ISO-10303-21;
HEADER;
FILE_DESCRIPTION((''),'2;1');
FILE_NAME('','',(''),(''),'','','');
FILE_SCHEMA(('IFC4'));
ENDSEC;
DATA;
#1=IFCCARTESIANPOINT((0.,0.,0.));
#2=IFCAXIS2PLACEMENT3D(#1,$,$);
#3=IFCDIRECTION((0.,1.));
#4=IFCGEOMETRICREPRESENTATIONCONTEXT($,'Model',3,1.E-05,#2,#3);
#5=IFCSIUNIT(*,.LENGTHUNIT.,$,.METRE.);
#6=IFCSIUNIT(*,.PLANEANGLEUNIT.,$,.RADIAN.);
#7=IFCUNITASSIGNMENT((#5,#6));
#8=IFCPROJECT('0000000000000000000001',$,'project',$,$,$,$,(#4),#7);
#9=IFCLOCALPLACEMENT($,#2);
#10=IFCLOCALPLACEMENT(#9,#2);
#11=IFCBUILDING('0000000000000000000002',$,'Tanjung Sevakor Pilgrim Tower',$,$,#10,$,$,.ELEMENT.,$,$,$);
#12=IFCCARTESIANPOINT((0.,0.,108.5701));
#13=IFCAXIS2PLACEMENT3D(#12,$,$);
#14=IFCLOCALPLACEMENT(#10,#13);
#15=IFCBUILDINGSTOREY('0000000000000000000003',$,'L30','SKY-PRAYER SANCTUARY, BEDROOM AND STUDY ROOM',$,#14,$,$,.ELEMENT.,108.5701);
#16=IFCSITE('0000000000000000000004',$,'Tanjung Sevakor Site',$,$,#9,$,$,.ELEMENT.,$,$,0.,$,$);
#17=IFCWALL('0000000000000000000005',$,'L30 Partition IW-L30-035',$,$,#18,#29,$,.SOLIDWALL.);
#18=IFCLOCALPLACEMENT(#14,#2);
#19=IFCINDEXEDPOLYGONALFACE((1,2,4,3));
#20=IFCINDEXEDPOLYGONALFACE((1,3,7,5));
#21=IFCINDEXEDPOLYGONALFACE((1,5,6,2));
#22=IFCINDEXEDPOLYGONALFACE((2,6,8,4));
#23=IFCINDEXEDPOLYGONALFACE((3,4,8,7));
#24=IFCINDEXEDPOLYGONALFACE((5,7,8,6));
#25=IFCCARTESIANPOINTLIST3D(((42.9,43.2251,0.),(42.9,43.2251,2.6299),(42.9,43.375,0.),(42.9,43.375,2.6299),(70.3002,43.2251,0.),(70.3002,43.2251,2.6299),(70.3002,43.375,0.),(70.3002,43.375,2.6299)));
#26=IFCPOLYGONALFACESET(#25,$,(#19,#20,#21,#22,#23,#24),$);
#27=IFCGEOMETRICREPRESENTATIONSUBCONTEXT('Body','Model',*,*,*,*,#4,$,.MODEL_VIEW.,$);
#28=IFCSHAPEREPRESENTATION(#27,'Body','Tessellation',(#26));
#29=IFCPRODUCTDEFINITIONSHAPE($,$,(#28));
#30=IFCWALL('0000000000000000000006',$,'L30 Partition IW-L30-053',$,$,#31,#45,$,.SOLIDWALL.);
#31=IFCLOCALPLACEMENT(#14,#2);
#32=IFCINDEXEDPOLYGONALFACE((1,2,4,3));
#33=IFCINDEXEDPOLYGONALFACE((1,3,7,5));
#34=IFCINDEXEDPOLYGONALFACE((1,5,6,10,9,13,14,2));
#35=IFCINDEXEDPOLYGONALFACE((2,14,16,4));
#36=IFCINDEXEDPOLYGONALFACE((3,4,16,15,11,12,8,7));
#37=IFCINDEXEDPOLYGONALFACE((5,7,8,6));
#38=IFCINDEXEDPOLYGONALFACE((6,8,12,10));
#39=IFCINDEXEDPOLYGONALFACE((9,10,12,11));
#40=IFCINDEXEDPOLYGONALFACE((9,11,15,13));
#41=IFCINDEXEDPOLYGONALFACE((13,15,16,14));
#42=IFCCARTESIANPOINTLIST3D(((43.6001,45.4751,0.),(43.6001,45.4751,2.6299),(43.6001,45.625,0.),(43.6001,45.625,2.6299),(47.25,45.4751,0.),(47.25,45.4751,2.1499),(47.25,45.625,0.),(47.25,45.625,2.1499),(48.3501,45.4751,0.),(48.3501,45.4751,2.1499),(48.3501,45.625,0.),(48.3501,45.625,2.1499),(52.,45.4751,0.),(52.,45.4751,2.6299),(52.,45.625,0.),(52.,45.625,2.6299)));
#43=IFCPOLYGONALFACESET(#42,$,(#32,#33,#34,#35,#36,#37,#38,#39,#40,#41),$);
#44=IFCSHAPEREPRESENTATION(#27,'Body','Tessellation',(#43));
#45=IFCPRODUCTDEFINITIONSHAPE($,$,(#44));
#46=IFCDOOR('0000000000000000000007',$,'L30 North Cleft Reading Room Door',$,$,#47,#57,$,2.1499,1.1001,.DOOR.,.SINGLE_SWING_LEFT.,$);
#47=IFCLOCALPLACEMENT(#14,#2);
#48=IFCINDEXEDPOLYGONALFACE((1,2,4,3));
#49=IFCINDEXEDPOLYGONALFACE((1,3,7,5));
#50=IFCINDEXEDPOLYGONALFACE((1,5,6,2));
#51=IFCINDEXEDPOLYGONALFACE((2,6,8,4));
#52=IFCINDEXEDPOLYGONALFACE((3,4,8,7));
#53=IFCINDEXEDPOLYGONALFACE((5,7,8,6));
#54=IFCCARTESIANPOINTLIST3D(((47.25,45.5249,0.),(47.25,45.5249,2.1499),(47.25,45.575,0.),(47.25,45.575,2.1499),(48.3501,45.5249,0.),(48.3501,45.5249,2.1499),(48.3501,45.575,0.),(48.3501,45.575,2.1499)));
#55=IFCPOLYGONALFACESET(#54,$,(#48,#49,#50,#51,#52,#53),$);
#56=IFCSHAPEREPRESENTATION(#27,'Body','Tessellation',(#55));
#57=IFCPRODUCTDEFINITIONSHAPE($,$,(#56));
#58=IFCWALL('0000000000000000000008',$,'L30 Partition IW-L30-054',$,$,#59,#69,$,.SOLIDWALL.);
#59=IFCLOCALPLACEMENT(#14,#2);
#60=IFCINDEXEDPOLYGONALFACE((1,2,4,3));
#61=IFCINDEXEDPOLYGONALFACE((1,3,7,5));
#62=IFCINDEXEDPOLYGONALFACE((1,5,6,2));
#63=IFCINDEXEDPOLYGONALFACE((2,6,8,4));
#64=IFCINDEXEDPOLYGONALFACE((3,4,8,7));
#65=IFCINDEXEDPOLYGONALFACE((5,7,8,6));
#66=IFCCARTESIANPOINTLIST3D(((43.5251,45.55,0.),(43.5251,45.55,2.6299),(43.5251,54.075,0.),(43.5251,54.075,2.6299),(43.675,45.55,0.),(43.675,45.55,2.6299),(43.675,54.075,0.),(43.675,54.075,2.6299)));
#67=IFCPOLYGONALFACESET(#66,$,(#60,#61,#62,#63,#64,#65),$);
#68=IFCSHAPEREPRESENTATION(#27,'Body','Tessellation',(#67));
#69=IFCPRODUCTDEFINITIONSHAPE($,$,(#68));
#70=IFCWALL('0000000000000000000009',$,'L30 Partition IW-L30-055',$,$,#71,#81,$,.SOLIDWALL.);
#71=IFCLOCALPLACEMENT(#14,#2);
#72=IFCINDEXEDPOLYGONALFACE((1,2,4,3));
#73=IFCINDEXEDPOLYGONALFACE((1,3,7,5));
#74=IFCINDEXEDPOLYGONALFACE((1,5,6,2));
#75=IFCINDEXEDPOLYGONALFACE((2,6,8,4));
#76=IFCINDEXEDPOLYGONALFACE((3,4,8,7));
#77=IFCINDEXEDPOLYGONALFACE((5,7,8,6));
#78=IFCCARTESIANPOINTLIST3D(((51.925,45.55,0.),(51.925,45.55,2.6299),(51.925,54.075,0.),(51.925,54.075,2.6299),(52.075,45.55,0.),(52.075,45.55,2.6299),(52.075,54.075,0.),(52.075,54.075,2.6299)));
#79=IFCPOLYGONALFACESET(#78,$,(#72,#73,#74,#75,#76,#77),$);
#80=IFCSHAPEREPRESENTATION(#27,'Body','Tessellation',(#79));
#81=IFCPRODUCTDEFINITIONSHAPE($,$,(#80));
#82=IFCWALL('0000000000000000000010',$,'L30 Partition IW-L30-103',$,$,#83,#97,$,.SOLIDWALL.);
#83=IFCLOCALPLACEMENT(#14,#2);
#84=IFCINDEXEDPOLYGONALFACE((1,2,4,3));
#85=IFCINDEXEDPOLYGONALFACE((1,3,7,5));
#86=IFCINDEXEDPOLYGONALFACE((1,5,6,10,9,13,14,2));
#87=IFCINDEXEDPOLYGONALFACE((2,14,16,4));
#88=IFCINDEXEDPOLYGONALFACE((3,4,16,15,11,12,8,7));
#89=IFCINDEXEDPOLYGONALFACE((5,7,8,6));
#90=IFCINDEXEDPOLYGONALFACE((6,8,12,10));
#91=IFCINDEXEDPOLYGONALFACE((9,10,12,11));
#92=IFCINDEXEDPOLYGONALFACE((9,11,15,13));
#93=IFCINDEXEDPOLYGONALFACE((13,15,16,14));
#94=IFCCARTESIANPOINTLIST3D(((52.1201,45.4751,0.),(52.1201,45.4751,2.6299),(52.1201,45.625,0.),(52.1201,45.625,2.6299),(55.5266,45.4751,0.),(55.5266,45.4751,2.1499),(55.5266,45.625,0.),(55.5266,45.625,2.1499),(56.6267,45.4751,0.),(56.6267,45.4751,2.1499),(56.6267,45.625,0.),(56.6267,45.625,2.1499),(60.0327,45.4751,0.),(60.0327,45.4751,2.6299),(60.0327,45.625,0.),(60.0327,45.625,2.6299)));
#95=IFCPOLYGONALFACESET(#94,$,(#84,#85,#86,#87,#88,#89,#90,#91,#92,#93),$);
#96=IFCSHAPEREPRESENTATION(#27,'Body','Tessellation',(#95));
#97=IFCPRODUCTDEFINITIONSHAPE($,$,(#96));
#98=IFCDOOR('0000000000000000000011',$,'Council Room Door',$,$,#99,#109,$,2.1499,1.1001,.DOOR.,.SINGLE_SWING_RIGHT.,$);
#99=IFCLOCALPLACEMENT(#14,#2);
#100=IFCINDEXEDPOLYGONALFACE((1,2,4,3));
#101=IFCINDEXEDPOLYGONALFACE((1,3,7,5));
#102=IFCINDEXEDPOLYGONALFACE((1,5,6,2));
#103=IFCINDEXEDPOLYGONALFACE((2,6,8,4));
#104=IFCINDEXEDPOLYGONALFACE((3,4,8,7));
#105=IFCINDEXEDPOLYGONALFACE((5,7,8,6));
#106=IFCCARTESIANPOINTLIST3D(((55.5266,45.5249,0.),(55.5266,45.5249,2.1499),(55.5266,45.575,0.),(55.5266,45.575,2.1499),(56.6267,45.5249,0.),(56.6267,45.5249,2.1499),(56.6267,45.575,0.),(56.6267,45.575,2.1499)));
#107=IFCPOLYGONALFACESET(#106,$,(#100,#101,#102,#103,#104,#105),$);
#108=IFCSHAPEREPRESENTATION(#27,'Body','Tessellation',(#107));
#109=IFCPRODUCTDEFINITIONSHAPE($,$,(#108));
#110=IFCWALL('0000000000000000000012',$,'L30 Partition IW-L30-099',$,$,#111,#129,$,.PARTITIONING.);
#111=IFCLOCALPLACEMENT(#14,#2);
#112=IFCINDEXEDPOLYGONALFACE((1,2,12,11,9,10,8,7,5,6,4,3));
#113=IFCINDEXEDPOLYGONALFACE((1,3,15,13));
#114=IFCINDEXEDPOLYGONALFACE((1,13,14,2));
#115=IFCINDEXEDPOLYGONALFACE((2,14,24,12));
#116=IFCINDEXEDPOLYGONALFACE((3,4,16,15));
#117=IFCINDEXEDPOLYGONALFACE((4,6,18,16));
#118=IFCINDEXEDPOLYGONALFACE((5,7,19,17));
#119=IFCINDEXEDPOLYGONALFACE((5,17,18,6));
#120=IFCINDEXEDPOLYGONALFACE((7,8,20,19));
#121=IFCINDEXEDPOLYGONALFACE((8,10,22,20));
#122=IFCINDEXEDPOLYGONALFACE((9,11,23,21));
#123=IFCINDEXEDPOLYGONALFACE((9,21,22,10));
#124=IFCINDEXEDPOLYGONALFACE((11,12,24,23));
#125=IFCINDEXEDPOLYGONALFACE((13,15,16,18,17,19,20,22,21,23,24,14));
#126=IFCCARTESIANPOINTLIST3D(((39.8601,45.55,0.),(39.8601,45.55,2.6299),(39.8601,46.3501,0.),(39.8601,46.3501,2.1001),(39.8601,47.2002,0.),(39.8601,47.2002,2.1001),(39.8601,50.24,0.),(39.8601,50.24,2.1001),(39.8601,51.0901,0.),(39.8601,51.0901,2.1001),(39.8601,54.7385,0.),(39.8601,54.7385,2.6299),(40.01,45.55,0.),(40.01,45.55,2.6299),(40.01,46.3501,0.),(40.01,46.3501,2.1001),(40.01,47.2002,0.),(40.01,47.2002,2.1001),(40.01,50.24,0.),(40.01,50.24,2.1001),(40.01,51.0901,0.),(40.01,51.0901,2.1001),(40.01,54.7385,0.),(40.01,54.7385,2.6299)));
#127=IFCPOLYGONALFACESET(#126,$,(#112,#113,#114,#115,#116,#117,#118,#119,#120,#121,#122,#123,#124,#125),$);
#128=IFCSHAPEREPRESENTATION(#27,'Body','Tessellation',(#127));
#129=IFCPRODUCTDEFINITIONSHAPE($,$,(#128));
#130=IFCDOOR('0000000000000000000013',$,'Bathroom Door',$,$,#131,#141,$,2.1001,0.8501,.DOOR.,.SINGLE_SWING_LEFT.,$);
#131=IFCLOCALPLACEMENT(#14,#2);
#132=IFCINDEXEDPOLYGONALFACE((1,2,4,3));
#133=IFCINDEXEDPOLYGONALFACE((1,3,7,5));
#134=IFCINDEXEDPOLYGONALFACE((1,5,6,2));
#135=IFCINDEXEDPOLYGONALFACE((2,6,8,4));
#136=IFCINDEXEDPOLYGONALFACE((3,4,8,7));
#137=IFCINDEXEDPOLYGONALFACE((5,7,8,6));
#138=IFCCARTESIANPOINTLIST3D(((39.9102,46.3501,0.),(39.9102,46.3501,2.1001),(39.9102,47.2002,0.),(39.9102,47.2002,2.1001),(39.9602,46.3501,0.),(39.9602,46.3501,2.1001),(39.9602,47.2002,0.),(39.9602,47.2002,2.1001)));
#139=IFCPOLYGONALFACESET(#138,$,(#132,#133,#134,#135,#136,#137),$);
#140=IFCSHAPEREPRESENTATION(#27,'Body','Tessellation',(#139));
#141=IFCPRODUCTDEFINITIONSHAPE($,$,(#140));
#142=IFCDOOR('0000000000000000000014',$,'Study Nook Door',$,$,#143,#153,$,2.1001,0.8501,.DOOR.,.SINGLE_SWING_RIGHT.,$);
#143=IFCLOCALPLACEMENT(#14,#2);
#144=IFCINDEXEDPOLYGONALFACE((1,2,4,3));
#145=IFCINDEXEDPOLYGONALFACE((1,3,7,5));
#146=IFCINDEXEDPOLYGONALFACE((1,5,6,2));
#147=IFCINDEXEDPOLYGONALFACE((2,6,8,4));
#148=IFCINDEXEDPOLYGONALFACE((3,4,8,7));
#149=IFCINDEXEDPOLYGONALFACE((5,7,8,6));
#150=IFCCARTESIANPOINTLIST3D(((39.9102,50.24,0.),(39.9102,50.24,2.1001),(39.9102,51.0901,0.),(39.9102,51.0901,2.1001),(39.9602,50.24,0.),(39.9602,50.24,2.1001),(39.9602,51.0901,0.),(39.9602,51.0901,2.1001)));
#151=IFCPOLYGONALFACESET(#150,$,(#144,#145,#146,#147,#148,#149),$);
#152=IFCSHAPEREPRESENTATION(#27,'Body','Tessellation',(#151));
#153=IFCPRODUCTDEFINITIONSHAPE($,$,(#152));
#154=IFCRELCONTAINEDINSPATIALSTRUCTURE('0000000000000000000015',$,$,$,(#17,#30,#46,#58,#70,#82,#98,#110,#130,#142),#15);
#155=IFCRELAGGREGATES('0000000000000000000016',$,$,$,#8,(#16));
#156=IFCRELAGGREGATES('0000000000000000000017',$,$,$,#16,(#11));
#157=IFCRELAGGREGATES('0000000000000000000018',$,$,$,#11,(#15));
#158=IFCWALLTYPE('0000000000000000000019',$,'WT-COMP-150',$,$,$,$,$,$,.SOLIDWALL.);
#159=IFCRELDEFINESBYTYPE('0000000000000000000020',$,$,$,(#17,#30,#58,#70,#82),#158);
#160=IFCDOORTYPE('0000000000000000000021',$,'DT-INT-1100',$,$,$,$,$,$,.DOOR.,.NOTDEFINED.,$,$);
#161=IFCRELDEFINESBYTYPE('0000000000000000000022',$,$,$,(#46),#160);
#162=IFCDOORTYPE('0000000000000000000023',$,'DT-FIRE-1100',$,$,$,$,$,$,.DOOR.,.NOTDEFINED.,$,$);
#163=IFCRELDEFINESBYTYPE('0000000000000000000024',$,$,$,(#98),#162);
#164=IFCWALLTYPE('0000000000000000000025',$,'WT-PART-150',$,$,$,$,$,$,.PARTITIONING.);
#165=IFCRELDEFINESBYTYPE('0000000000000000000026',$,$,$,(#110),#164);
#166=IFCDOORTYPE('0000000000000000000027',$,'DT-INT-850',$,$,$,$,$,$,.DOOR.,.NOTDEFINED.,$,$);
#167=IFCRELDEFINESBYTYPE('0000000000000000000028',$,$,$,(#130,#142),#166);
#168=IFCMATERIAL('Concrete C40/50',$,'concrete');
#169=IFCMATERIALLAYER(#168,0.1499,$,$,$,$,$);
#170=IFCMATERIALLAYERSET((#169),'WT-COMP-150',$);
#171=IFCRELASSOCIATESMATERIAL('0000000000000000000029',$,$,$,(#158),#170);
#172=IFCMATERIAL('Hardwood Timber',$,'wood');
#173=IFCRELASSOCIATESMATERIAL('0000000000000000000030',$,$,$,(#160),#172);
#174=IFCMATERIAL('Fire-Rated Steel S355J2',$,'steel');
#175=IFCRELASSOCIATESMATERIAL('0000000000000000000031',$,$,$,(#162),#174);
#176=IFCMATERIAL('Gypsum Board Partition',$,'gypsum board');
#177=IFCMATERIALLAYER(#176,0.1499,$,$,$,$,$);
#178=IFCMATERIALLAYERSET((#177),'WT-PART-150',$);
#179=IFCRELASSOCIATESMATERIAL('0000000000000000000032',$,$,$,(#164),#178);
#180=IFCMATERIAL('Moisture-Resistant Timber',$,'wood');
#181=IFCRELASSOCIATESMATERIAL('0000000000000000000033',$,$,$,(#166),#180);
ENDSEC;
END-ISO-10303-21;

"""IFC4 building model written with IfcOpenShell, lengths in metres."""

from ifc_helpers import new_model, si_unit, direction, frame, frame_2d, origin, place, context, subcontext, project, spatial, rectangle, extrude, material, layer, layer_set, type_object, element, fill, save


model = new_model("IFC4")

# Units and contexts
model_context = context("Model", 3, precision=1e-05, world=origin(), true_north=direction((0.0, 1.0)))
body_context = subcontext(model_context, "Body", "Model", "MODEL_VIEW")
ifc_project = project(units=[si_unit("LENGTHUNIT", "METRE"), si_unit("PLANEANGLEUNIT", "RADIAN")], contexts=[model_context])

# Site, building, storey
site_placement = place(None, origin())
site = spatial("IfcSite", under=ifc_project, at=site_placement, Name="Tanjung Sevakor Site", CompositionType="ELEMENT", RefElevation=0.0)
building_placement = place(site_placement, origin())
building = spatial("IfcBuilding", under=site, at=building_placement, Name="Tanjung Sevakor Pilgrim Tower", CompositionType="ELEMENT")
storey_placement = place(building_placement, frame((0.0, 0.0, 108.5701)))
storey = spatial("IfcBuildingStorey", under=building, at=storey_placement, Name="L30", Description="SKY-PRAYER SANCTUARY, BEDROOM AND STUDY ROOM", CompositionType="ELEMENT", Elevation=108.5701)

# Shared definitions
ifc_material_1 = material(Name="Concrete C40/50", Category="concrete")
ifc_layer_1 = layer(ifc_material_1, 0.1499)
ifc_layer_set_1 = layer_set([ifc_layer_1], Name="WT-COMP-150")
wall_type_1 = type_object("IfcWallType", Name="WT-COMP-150", PredefinedType="SOLIDWALL", material=ifc_layer_set_1)

# Wall
wall_1_placement = place(storey_placement, frame((42.8999, 43.3, 0.0), z_axis=(0.0, 0.0, 1.0), x_axis=(1.0, 0.0, 0.0)))
element("IfcWall", 1, at=wall_1_placement, inside=storey, type_object=wall_type_1, Name="L30 Partition IW-L30-035", PredefinedType="SOLIDWALL", context=body_context, shape_type="SweptSolid", body=[
    extrude(rectangle(XDim=27.4001, YDim=0.1499, at=frame_2d((13.7002, 0.0))), origin(), (0.0, 0.0, 1.0), 2.6299),
])

# Wall, opening, door
wall_2_placement = place(storey_placement, frame((43.6001, 45.55, 0.0), z_axis=(0.0, 0.0, 1.0), x_axis=(1.0, 0.0, 0.0)))
wall_2 = element("IfcWall", 2, at=wall_2_placement, inside=storey, type_object=wall_type_1, Name="L30 Partition IW-L30-053", PredefinedType="SOLIDWALL", context=body_context, shape_type="SweptSolid", body=[
    extrude(rectangle(XDim=8.3999, YDim=0.1499, at=frame_2d((4.2, 0.0))), origin(), (0.0, 0.0, 1.0), 2.6299),
])
opening_1_placement = place(wall_2_placement, frame((3.6499, 0.0, 0.0)))
opening_1 = element("IfcOpeningElement", 3, at=opening_1_placement, cuts=wall_2, PredefinedType="OPENING", context=body_context, shape_type="SweptSolid", body=[
    extrude(rectangle(XDim=1.1001, YDim=2.1499, at=frame_2d((0.55, 1.075))), frame((0.0, 0.085, 0.0), z_axis=(0.0, -1.0, 0.0), x_axis=(1.0, 0.0, 0.0)), (0.0, 0.0, 1.0), 0.1699),
])
ifc_material_2 = material(Name="Hardwood Timber", Category="wood")
door_type_1 = type_object("IfcDoorType", Name="DT-INT-1100", OperationType="NOTDEFINED", PredefinedType="DOOR", material=ifc_material_2)
door_1_placement = place(opening_1_placement, origin())
door_1 = element("IfcDoor", 4, at=door_1_placement, inside=storey, type_object=door_type_1, Name="L30 North Cleft Reading Room Door", OperationType="SINGLE_SWING_LEFT", OverallHeight=2.1499, OverallWidth=1.1001, PredefinedType="DOOR", context=body_context, shape_type="SweptSolid", body=[
    extrude(rectangle(XDim=1.1001, YDim=2.1499, at=frame_2d((0.55, 1.075))), frame((0.0, 0.0249, 0.0), z_axis=(0.0, -1.0, 0.0), x_axis=(1.0, 0.0, 0.0)), (0.0, 0.0, 1.0), 0.05),
])
fill(opening_1, door_1)

# Walls
for number, where, z_axis, x_axis, name in (
    (5, (43.6001, 45.55, 0.0), (0.0, 0.0, 1.0), (0.0, 1.0, 0.0), "L30 Partition IW-L30-054"),
    (6, (52.0, 45.55, 0.0), (0.0, 0.0, 1.0), (0.0, 1.0, 0.0), "L30 Partition IW-L30-055"),
):
    element("IfcWall", number, at=place(storey_placement, frame(where, z_axis=z_axis, x_axis=x_axis)), inside=storey, type_object=wall_type_1, Name=name, PredefinedType="SOLIDWALL", context=body_context, shape_type="SweptSolid", body=[
        extrude(rectangle(XDim=8.5249, YDim=0.1499, at=frame_2d((4.2625, 0.0))), origin(), (0.0, 0.0, 1.0), 2.6299),
    ])

# Wall, opening, door
wall_3_placement = place(storey_placement, frame((52.1201, 45.55, 0.0), z_axis=(0.0, 0.0, 1.0), x_axis=(1.0, 0.0, 0.0)))
wall_3 = element("IfcWall", 7, at=wall_3_placement, inside=storey, type_object=wall_type_1, Name="L30 Partition IW-L30-103", PredefinedType="SOLIDWALL", context=body_context, shape_type="SweptSolid", body=[
    extrude(rectangle(XDim=7.9126, YDim=0.1499, at=frame_2d((3.9563, 0.0))), origin(), (0.0, 0.0, 1.0), 2.6299),
])
opening_2_placement = place(wall_3_placement, frame((3.4065, 0.0, 0.0)))
opening_2 = element("IfcOpeningElement", 8, at=opening_2_placement, cuts=wall_3, PredefinedType="OPENING", context=body_context, shape_type="SweptSolid", body=[
    extrude(rectangle(XDim=1.1001, YDim=2.1499, at=frame_2d((0.55, 1.075))), frame((0.0, 0.085, 0.0), z_axis=(0.0, -1.0, 0.0), x_axis=(1.0, 0.0, 0.0)), (0.0, 0.0, 1.0), 0.1699),
])
ifc_material_3 = material(Name="Fire-Rated Steel S355J2", Category="steel")
door_type_2 = type_object("IfcDoorType", Name="DT-FIRE-1100", OperationType="NOTDEFINED", PredefinedType="DOOR", material=ifc_material_3)
door_2_placement = place(opening_2_placement, origin())
door_2 = element("IfcDoor", 9, at=door_2_placement, inside=storey, type_object=door_type_2, Name="Council Room Door", OperationType="SINGLE_SWING_RIGHT", OverallHeight=2.1499, OverallWidth=1.1001, PredefinedType="DOOR", context=body_context, shape_type="SweptSolid", body=[
    extrude(rectangle(XDim=1.1001, YDim=2.1499, at=frame_2d((0.55, 1.075))), frame((0.0, 0.0249, 0.0), z_axis=(0.0, -1.0, 0.0), x_axis=(1.0, 0.0, 0.0)), (0.0, 0.0, 1.0), 0.05),
])
fill(opening_2, door_2)

# Wall, openings, doors
ifc_material_4 = material(Name="Gypsum Board Partition", Category="gypsum board")
ifc_layer_2 = layer(ifc_material_4, 0.1499)
ifc_layer_set_2 = layer_set([ifc_layer_2], Name="WT-PART-150")
wall_type_2 = type_object("IfcWallType", Name="WT-PART-150", PredefinedType="PARTITIONING", material=ifc_layer_set_2)
wall_4_placement = place(storey_placement, frame((39.9351, 45.55, 0.0), z_axis=(0.0, 0.0, 1.0), x_axis=(0.0, 1.0, 0.0)))
wall_4 = element("IfcWall", 10, at=wall_4_placement, inside=storey, type_object=wall_type_2, Name="L30 Partition IW-L30-099", PredefinedType="PARTITIONING", context=body_context, shape_type="SweptSolid", body=[
    extrude(rectangle(XDim=9.1885, YDim=0.1499, at=frame_2d((4.5942, 0.0))), origin(), (0.0, 0.0, 1.0), 2.6299),
])
opening_3_placement = place(wall_4_placement, frame((0.8, 0.0, 0.0)))
opening_3 = element("IfcOpeningElement", 11, at=opening_3_placement, cuts=wall_4, PredefinedType="OPENING", context=body_context, shape_type="SweptSolid", body=[
    extrude(rectangle(XDim=0.8501, YDim=2.1001, at=frame_2d((0.425, 1.05))), frame((0.0, 0.085, 0.0), z_axis=(0.0, -1.0, 0.0), x_axis=(1.0, 0.0, 0.0)), (0.0, 0.0, 1.0), 0.1699),
])
opening_4_placement = place(wall_4_placement, frame((4.6899, 0.0, 0.0)))
opening_4 = element("IfcOpeningElement", 12, at=opening_4_placement, cuts=wall_4, PredefinedType="OPENING", context=body_context, shape_type="SweptSolid", body=[
    extrude(rectangle(XDim=0.8501, YDim=2.1001, at=frame_2d((0.425, 1.05))), frame((0.0, 0.085, 0.0), z_axis=(0.0, -1.0, 0.0), x_axis=(1.0, 0.0, 0.0)), (0.0, 0.0, 1.0), 0.1699),
])
ifc_material_5 = material(Name="Moisture-Resistant Timber", Category="wood")
door_type_3 = type_object("IfcDoorType", Name="DT-INT-850", OperationType="NOTDEFINED", PredefinedType="DOOR", material=ifc_material_5)
door_3_placement = place(opening_3_placement, origin())
door_3 = element("IfcDoor", 13, at=door_3_placement, inside=storey, type_object=door_type_3, Name="Bathroom Door", OperationType="SINGLE_SWING_LEFT", OverallHeight=2.1001, OverallWidth=0.8501, PredefinedType="DOOR", context=body_context, shape_type="SweptSolid", body=[
    extrude(rectangle(XDim=0.8501, YDim=2.1001, at=frame_2d((0.425, 1.05))), frame((0.0, 0.0249, 0.0), z_axis=(0.0, -1.0, 0.0), x_axis=(1.0, 0.0, 0.0)), (0.0, 0.0, 1.0), 0.05),
])
fill(opening_3, door_3)
door_4_placement = place(opening_4_placement, origin())
door_4 = element("IfcDoor", 14, at=door_4_placement, inside=storey, type_object=door_type_3, Name="Study Nook Door", OperationType="SINGLE_SWING_RIGHT", OverallHeight=2.1001, OverallWidth=0.8501, PredefinedType="DOOR", context=body_context, shape_type="SweptSolid", body=[
    extrude(rectangle(XDim=0.8501, YDim=2.1001, at=frame_2d((0.425, 1.05))), frame((0.0, 0.0249, 0.0), z_axis=(0.0, -1.0, 0.0), x_axis=(1.0, 0.0, 0.0)), (0.0, 0.0, 1.0), 0.05),
])
fill(opening_4, door_4)

save(model, "model.ifc")
